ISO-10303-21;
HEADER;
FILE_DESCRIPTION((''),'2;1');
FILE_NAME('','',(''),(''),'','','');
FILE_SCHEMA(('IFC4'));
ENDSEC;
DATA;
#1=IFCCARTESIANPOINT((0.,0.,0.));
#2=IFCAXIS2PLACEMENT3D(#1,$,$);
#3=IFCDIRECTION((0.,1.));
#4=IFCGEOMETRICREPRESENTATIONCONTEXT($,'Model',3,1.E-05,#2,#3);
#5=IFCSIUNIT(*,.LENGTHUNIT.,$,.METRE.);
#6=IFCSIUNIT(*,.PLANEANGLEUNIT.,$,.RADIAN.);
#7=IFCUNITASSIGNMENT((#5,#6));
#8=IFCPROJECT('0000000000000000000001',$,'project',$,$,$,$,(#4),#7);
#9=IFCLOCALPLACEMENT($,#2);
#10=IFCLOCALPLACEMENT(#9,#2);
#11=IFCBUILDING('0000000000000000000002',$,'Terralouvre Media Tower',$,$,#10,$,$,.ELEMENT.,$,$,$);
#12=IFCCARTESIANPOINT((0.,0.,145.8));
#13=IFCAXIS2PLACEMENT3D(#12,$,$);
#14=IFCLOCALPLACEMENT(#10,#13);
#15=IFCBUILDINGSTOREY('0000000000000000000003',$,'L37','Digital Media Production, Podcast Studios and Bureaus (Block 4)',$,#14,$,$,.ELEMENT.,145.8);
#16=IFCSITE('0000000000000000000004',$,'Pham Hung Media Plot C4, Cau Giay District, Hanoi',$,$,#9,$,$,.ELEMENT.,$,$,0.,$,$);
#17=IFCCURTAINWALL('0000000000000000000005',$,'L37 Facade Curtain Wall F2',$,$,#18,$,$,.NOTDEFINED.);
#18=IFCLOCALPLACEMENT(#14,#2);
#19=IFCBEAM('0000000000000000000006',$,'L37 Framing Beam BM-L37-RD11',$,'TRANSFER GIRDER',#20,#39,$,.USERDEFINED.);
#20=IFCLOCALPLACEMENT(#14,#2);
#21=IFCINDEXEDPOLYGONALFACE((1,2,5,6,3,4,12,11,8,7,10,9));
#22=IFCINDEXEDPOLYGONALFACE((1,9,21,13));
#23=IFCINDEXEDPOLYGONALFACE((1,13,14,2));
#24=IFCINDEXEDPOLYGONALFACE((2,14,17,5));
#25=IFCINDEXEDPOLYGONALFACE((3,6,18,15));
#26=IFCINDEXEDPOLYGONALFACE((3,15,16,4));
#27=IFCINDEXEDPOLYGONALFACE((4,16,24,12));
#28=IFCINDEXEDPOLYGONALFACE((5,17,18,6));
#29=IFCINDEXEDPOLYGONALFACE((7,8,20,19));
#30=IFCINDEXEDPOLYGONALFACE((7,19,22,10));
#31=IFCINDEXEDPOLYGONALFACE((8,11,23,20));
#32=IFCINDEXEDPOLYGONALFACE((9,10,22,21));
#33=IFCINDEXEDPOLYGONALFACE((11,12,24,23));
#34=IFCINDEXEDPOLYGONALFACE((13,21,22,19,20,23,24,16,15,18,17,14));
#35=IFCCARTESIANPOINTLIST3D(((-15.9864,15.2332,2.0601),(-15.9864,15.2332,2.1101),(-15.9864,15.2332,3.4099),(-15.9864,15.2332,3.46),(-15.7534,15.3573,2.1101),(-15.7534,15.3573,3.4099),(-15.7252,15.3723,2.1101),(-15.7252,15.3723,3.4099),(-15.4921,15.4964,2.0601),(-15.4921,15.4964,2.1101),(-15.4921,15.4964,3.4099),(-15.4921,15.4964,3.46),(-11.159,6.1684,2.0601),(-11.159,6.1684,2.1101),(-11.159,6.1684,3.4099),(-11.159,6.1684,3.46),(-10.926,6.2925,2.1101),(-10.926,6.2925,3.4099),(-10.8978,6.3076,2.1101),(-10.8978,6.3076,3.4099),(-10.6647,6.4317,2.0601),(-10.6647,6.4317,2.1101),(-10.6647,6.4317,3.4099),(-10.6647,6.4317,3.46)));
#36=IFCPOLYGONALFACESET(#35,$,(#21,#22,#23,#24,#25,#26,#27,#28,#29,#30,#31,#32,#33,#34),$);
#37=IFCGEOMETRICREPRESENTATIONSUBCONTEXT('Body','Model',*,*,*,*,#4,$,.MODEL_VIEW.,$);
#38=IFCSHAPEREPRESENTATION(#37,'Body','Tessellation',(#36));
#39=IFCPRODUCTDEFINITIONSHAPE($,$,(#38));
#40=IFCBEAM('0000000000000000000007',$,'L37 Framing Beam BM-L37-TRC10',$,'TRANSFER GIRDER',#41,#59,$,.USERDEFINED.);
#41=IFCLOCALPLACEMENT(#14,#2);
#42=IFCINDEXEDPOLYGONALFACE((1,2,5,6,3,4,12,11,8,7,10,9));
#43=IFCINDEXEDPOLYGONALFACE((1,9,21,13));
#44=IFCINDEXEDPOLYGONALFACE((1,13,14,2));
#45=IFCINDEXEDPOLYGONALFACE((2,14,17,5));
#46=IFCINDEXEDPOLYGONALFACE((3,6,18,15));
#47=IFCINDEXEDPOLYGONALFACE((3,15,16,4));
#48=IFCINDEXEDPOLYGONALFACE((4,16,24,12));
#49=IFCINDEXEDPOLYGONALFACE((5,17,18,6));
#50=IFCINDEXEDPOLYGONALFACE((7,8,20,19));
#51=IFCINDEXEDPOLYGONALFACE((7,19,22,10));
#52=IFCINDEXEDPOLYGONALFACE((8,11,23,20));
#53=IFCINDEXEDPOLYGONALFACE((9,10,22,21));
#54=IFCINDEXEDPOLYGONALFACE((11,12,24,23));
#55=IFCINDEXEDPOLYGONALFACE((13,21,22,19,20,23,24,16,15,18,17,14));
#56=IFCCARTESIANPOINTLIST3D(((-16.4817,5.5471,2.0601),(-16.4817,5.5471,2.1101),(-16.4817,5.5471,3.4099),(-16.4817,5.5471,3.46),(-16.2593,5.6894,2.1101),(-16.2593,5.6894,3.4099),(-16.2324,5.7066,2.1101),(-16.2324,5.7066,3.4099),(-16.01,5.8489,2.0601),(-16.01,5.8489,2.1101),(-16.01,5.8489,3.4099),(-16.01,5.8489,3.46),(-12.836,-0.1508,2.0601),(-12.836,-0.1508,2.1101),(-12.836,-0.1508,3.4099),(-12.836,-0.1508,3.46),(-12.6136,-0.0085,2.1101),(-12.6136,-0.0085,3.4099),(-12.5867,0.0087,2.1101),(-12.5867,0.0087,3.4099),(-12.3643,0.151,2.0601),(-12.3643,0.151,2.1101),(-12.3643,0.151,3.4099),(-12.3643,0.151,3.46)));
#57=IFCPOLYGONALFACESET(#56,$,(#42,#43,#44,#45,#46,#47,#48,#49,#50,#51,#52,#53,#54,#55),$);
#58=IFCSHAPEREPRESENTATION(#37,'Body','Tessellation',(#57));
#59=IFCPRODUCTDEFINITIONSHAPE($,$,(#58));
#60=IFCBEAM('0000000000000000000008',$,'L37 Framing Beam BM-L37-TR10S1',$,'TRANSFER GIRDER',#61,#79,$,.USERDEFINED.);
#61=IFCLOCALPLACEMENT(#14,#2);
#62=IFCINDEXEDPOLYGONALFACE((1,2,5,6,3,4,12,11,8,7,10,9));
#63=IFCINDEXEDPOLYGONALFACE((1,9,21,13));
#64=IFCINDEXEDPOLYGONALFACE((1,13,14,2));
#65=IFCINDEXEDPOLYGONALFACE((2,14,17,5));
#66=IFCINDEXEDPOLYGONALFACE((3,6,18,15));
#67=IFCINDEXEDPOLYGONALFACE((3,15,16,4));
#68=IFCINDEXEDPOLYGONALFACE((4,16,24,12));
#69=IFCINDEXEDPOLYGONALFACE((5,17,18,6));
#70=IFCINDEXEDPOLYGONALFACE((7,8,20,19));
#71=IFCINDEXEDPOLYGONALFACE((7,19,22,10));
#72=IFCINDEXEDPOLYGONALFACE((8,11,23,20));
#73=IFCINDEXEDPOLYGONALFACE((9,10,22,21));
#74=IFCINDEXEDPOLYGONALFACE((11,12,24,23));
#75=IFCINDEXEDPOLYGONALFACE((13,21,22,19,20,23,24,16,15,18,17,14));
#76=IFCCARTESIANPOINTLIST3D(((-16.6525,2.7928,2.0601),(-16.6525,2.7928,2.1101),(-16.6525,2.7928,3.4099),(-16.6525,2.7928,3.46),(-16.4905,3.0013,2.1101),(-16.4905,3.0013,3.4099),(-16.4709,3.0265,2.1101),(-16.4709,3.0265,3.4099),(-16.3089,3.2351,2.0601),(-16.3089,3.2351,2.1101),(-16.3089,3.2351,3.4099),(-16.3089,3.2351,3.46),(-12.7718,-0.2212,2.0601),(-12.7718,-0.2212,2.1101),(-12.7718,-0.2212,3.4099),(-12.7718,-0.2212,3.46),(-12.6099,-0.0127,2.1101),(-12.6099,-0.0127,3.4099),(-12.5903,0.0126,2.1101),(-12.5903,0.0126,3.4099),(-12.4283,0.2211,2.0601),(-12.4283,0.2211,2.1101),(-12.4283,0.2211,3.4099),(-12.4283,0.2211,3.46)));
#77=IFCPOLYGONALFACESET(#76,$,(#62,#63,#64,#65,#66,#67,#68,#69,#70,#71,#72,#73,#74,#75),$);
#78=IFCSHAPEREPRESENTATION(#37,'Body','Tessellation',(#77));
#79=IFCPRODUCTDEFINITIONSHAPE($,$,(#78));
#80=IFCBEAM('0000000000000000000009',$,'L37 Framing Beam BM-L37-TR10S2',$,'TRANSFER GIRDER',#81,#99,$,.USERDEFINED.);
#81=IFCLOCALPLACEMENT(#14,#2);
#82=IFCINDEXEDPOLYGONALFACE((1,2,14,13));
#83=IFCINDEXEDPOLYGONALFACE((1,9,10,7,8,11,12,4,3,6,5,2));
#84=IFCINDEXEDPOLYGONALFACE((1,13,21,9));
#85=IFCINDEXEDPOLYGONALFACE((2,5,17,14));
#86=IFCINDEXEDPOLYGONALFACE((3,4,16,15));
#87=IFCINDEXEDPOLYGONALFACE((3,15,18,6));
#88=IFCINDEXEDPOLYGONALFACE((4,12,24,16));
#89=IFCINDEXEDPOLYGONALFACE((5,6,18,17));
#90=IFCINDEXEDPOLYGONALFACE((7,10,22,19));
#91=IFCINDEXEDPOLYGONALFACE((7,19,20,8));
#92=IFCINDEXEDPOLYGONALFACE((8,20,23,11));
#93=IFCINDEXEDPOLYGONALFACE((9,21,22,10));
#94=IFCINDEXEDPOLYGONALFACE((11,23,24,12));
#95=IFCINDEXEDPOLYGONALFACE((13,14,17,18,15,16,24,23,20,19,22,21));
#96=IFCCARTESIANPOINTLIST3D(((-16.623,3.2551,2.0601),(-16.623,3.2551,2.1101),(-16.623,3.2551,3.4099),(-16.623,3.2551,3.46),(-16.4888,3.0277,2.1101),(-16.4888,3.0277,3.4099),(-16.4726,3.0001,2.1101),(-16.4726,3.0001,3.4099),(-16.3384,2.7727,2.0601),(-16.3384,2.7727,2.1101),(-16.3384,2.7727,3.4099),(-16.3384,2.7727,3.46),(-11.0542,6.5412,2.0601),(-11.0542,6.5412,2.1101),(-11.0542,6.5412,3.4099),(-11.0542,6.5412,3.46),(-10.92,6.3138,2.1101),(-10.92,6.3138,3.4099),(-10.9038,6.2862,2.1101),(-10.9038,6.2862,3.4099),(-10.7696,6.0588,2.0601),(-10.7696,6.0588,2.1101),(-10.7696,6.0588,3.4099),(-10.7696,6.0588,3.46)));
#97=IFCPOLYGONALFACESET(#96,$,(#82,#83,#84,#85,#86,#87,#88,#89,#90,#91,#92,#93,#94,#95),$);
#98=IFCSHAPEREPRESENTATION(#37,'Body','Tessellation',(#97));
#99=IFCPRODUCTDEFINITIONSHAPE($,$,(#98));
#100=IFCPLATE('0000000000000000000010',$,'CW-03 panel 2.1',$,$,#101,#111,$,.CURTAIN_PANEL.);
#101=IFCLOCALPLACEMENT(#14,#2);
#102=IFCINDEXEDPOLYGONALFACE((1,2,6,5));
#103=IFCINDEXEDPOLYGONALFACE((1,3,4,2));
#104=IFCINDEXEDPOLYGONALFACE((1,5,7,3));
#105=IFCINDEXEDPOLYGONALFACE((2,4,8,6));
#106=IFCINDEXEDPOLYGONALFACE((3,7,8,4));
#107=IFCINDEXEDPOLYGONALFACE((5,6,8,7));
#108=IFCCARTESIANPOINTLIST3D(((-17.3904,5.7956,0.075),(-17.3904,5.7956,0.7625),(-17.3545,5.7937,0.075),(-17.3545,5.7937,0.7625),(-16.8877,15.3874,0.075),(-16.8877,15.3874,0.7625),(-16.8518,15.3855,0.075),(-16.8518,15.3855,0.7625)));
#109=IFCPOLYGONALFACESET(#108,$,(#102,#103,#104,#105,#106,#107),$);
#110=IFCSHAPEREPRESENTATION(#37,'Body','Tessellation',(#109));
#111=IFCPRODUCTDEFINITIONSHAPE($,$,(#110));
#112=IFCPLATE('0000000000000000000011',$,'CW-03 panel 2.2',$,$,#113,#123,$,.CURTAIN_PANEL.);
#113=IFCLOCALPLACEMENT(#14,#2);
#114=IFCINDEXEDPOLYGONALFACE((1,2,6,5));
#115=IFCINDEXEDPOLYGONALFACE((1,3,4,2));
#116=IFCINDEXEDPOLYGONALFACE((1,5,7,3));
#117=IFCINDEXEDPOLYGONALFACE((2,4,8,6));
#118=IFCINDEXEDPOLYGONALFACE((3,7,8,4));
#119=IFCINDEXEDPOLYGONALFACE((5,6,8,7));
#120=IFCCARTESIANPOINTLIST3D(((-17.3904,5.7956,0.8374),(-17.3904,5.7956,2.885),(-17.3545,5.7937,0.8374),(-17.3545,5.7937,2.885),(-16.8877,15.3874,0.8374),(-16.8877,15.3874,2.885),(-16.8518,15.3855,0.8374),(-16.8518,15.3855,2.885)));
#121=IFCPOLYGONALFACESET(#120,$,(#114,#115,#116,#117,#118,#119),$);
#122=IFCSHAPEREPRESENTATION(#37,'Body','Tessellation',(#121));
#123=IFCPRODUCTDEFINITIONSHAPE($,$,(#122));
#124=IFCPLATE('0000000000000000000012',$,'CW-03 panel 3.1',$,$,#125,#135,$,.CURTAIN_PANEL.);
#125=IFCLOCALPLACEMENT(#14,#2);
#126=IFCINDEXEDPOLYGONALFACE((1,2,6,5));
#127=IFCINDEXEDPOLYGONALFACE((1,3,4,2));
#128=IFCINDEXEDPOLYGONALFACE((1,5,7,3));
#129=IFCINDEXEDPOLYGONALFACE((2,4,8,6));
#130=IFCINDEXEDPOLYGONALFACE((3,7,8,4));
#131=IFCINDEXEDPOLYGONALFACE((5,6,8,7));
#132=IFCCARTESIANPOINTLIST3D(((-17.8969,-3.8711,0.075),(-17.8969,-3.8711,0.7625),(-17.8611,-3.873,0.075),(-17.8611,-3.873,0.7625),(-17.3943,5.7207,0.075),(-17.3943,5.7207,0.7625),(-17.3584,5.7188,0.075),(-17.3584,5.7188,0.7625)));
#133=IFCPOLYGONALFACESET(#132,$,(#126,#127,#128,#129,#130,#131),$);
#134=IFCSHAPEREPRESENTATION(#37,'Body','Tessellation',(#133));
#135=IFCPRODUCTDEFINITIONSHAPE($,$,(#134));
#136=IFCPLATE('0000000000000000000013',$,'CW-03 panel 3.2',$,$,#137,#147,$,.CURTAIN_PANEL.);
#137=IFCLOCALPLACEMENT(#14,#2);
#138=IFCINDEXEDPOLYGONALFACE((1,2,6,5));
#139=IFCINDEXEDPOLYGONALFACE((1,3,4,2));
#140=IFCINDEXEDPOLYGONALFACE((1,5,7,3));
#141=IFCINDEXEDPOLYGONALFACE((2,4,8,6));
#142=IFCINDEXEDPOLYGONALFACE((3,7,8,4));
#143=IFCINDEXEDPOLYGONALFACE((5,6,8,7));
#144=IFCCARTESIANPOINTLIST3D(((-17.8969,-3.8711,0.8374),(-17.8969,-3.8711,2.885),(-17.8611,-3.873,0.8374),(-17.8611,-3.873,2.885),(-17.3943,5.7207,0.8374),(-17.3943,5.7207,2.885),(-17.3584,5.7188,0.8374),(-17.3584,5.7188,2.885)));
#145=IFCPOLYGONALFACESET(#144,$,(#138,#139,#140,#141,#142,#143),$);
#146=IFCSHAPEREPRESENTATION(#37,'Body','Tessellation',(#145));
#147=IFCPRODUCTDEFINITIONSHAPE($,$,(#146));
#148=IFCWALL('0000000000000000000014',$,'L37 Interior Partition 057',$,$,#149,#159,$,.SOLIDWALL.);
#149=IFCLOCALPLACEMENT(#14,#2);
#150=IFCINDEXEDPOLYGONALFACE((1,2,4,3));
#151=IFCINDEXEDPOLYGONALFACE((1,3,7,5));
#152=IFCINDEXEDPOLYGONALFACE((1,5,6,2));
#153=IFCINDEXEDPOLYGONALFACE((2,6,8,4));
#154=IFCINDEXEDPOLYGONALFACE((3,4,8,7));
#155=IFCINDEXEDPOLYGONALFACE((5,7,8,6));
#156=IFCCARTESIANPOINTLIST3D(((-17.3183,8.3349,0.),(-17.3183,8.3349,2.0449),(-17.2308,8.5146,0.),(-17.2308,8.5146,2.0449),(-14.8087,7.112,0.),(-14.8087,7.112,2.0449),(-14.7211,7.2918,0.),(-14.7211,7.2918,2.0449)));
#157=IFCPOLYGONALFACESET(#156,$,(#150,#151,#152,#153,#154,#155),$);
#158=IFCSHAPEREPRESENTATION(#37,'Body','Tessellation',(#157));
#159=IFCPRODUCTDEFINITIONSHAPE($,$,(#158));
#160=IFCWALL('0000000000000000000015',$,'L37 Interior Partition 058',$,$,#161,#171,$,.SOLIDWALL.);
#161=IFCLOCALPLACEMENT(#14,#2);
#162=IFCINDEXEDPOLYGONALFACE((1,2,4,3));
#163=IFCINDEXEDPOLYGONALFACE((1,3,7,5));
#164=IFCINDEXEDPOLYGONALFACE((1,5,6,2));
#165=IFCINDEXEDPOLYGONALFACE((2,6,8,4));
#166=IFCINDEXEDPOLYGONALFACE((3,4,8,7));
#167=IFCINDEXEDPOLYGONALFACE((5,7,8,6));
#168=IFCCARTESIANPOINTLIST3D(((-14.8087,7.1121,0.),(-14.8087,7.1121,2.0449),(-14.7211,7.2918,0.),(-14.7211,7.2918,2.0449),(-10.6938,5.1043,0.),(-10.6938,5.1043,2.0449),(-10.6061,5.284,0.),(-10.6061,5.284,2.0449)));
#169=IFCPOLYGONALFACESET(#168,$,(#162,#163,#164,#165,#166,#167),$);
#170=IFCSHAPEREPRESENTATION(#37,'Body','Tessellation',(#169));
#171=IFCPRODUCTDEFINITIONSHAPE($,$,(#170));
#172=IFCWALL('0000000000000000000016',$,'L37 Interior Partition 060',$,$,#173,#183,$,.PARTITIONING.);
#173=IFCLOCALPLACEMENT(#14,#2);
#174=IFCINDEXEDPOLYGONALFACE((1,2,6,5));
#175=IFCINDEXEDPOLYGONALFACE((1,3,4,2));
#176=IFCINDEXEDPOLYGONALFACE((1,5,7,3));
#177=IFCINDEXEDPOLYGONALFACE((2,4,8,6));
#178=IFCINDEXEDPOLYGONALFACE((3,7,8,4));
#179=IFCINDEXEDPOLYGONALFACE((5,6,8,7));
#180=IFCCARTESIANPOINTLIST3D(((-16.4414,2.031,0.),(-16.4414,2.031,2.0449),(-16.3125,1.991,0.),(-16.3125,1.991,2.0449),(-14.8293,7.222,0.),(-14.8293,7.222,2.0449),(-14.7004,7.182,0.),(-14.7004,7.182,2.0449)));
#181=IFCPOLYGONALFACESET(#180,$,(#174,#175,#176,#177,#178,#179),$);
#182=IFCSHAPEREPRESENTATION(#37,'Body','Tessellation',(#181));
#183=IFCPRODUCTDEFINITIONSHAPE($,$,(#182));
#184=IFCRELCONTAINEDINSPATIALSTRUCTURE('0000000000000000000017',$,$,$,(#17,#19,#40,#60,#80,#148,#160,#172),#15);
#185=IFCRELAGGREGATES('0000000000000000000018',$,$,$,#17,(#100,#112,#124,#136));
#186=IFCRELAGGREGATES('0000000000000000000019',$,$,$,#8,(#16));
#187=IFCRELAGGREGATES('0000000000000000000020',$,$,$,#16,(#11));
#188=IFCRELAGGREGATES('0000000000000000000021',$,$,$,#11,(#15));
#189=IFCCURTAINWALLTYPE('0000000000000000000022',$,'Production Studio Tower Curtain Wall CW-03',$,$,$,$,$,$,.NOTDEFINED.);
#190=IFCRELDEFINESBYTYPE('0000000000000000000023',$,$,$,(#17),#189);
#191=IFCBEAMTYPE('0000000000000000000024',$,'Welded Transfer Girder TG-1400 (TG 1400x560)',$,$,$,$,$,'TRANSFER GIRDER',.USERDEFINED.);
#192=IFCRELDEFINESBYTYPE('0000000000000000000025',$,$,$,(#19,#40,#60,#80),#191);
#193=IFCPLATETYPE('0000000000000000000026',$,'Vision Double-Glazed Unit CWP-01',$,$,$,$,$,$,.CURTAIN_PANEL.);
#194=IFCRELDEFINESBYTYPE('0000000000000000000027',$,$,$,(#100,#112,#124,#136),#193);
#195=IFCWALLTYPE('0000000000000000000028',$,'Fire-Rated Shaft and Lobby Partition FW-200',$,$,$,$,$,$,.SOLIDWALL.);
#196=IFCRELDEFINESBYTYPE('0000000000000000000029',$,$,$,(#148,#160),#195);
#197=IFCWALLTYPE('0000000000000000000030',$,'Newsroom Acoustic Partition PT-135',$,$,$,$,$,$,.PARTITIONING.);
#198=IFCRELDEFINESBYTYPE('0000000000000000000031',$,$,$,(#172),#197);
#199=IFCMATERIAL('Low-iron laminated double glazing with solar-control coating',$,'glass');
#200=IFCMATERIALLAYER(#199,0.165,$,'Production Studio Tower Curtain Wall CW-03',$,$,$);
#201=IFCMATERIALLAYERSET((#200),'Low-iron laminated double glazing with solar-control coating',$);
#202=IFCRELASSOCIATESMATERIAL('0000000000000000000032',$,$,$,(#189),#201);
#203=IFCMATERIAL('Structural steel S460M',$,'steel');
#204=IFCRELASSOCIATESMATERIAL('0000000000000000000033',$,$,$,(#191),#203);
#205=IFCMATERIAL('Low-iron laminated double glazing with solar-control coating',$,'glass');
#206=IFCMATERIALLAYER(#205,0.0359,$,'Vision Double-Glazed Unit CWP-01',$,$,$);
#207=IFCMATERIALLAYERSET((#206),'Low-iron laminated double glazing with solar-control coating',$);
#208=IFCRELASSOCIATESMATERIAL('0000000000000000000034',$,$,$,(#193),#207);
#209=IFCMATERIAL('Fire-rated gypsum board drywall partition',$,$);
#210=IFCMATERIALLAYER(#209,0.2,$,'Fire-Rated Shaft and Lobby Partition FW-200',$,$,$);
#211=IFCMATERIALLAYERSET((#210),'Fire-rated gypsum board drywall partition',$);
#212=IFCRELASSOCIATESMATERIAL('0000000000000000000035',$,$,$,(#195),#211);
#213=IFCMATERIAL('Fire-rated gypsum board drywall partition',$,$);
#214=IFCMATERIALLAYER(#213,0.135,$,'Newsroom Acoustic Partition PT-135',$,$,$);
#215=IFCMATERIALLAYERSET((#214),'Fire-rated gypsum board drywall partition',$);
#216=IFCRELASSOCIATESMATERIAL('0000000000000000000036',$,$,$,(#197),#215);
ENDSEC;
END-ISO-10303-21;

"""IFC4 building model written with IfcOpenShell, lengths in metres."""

from ifc_helpers import new_model, si_unit, direction, frame, frame_2d, origin, origin_2d, place, context, subcontext, project, spatial, rectangle, i_section, extrude, material, layer, layer_set, material_profile, profile_set, type_object, element, aggregate, save


model = new_model("IFC4")

# Units and contexts
model_context = context("Model", 3, precision=1e-05, world=origin(), true_north=direction((0.0, 1.0)))
body_context = subcontext(model_context, "Body", "Model", "MODEL_VIEW")
ifc_project = project(units=[si_unit("LENGTHUNIT", "METRE"), si_unit("PLANEANGLEUNIT", "RADIAN")], contexts=[model_context])

# Site, building, storey
site_placement = place(None, origin())
site = spatial("IfcSite", under=ifc_project, at=site_placement, Name="Pham Hung Media Plot C4, Cau Giay District, Hanoi", CompositionType="ELEMENT", RefElevation=0.0)
building_placement = place(site_placement, origin())
building = spatial("IfcBuilding", under=site, at=building_placement, Name="Terralouvre Media Tower", CompositionType="ELEMENT")
storey_placement = place(building_placement, frame((0.0, 0.0, 145.8)))
storey = spatial("IfcBuildingStorey", under=building, at=storey_placement, Name="L37", Description="Digital Media Production, Podcast Studios and Bureaus (Block 4)", CompositionType="ELEMENT", Elevation=145.8)

# Curtain wall
ifc_material_1 = material(Name="Low-iron laminated double glazing with solar-control coating", Category="glass")
ifc_layer_1 = layer(ifc_material_1, 0.165, Name="Production Studio Tower Curtain Wall CW-03")
ifc_layer_set_1 = layer_set([ifc_layer_1], Name="Low-iron laminated double glazing with solar-control coating")
curtain_wall_type = type_object("IfcCurtainWallType", Name="Production Studio Tower Curtain Wall CW-03", PredefinedType="NOTDEFINED", material=ifc_layer_set_1)
curtain_wall_placement = place(storey_placement, origin())
curtain_wall = element("IfcCurtainWall", 1, at=curtain_wall_placement, inside=storey, type_object=curtain_wall_type, Name="L37 Facade Curtain Wall F2", PredefinedType="NOTDEFINED")

# Beams
ifc_material_2 = material(Name="Structural steel S460M", Category="steel")
ifc_material_profile_1 = material_profile(ifc_material_2, i_section(OverallWidth=0.5601, OverallDepth=1.3999, WebThickness=0.032, FlangeThickness=0.05, at=origin_2d()), Name="TG 1400x560")
ifc_profile_set_1 = profile_set([ifc_material_profile_1], Name="Structural steel S460M")
beam_type_1 = type_object("IfcBeamType", Name="Welded Transfer Girder TG-1400 (TG 1400x560)", ElementType="TRANSFER GIRDER", PredefinedType="USERDEFINED", material=ifc_profile_set_1)
beam_1_placement = place(storey_placement, frame((-10.9119, 6.3, 2.76), z_axis=(-0.470049, 0.88264, 0.0), x_axis=(-0.88264, -0.470049, 0.0)))
element("IfcBeam", 2, at=beam_1_placement, inside=storey, type_object=beam_type_1, Name="L37 Framing Beam BM-L37-RD11", ObjectType="TRANSFER GIRDER", PredefinedType="USERDEFINED", context=body_context, shape_type="SweptSolid", body=[
    extrude(i_section(OverallWidth=0.5601, OverallDepth=1.3999, WebThickness=0.032, FlangeThickness=0.05, at=origin_2d()), origin(), (0.0, 0.0, 1.0), 10.27),
])
beam_2_placement = place(storey_placement, frame((-16.2458, 5.698, 2.76), z_axis=(0.538952, -0.842336, 0.0), x_axis=(0.842336, 0.538952, 0.0)))
element("IfcBeam", 3, at=beam_2_placement, inside=storey, type_object=beam_type_1, Name="L37 Framing Beam BM-L37-TRC10", ObjectType="TRANSFER GIRDER", PredefinedType="USERDEFINED", context=body_context, shape_type="SweptSolid", body=[
    extrude(i_section(OverallWidth=0.5601, OverallDepth=1.3999, WebThickness=0.032, FlangeThickness=0.05, at=origin_2d()), origin(), (0.0, 0.0, 1.0), 6.7644),
])
beam_3_placement = place(storey_placement, frame((-16.4807, 3.0139, 2.76), z_axis=(0.78978, -0.61339, 0.0), x_axis=(0.61339, 0.78978, 0.0)))
element("IfcBeam", 4, at=beam_3_placement, inside=storey, type_object=beam_type_1, Name="L37 Framing Beam BM-L37-TR10S1", ObjectType="TRANSFER GIRDER", PredefinedType="USERDEFINED", context=body_context, shape_type="SweptSolid", body=[
    extrude(i_section(OverallWidth=0.5601, OverallDepth=1.3999, WebThickness=0.032, FlangeThickness=0.05, at=origin_2d()), origin(), (0.0, 0.0, 1.0), 4.9136),
])
beam_4_placement = place(storey_placement, frame((-16.4807, 3.0139, 2.76), z_axis=(0.861235, 0.508208, 0.0), x_axis=(-0.508208, 0.861235, 0.0)))
element("IfcBeam", 5, at=beam_4_placement, inside=storey, type_object=beam_type_1, Name="L37 Framing Beam BM-L37-TR10S2", ObjectType="TRANSFER GIRDER", PredefinedType="USERDEFINED", context=body_context, shape_type="SweptSolid", body=[
    extrude(i_section(OverallWidth=0.5601, OverallDepth=1.3999, WebThickness=0.032, FlangeThickness=0.05, at=origin_2d()), origin(), (0.0, 0.0, 1.0), 6.4661),
])

# Plates
ifc_material_3 = material(Name="Low-iron laminated double glazing with solar-control coating", Category="glass")
ifc_layer_2 = layer(ifc_material_3, 0.0359, Name="Vision Double-Glazed Unit CWP-01")
ifc_layer_set_2 = layer_set([ifc_layer_2], Name="Low-iron laminated double glazing with solar-control coating")
plate_type = type_object("IfcPlateType", Name="Vision Double-Glazed Unit CWP-01", PredefinedType="CURTAIN_PANEL", material=ifc_layer_set_2)
plate_1_placement = place(storey_placement, frame((-17.1211, 10.5906, 0.075), z_axis=(0.0, 0.0, 1.0), x_axis=(-0.052336, -0.99863, 0.0)))
plate_1 = element("IfcPlate", 6, at=plate_1_placement, type_object=plate_type, Name="CW-03 panel 2.1", PredefinedType="CURTAIN_PANEL", context=body_context, shape_type="SweptSolid", body=[
    extrude(rectangle(XDim=9.605, YDim=0.0359, at=origin_2d()), origin(), (0.0, 0.0, 1.0), 0.6875),
])
plate_2_placement = place(storey_placement, frame((-17.1211, 10.5906, 0.8374), z_axis=(0.0, 0.0, 1.0), x_axis=(-0.052336, -0.99863, 0.0)))
plate_2 = element("IfcPlate", 7, at=plate_2_placement, type_object=plate_type, Name="CW-03 panel 2.2", PredefinedType="CURTAIN_PANEL", context=body_context, shape_type="SweptSolid", body=[
    extrude(rectangle(XDim=9.605, YDim=0.0359, at=origin_2d()), origin(), (0.0, 0.0, 1.0), 2.0476),
])
plate_3_placement = place(storey_placement, frame((-17.6277, 0.9238, 0.075), z_axis=(0.0, 0.0, 1.0), x_axis=(-0.052336, -0.99863, 0.0)))
plate_3 = element("IfcPlate", 8, at=plate_3_placement, type_object=plate_type, Name="CW-03 panel 3.1", PredefinedType="CURTAIN_PANEL", context=body_context, shape_type="SweptSolid", body=[
    extrude(rectangle(XDim=9.605, YDim=0.0359, at=origin_2d()), origin(), (0.0, 0.0, 1.0), 0.6875),
])
plate_4_placement = place(storey_placement, frame((-17.6277, 0.9238, 0.8374), z_axis=(0.0, 0.0, 1.0), x_axis=(-0.052336, -0.99863, 0.0)))
plate_4 = element("IfcPlate", 9, at=plate_4_placement, type_object=plate_type, Name="CW-03 panel 3.2", PredefinedType="CURTAIN_PANEL", context=body_context, shape_type="SweptSolid", body=[
    extrude(rectangle(XDim=9.605, YDim=0.0359, at=origin_2d()), origin(), (0.0, 0.0, 1.0), 2.0476),
])
aggregate(curtain_wall, [plate_1, plate_2, plate_3, plate_4])

# Walls
ifc_material_4 = material(Name="Fire-rated gypsum board drywall partition")
ifc_layer_3 = layer(ifc_material_4, 0.2, Name="Fire-Rated Shaft and Lobby Partition FW-200")
ifc_layer_set_3 = layer_set([ifc_layer_3], Name="Fire-rated gypsum board drywall partition")
wall_type_1 = type_object("IfcWallType", Name="Fire-Rated Shaft and Lobby Partition FW-200", PredefinedType="SOLIDWALL", material=ifc_layer_set_3)
wall_1_placement = place(storey_placement, frame((-17.2747, 8.4248, 0.0), z_axis=(0.0, 0.0, 1.0), x_axis=(0.898962, -0.438026, 0.0)))
element("IfcWall", 10, at=wall_1_placement, inside=storey, type_object=wall_type_1, Name="L37 Interior Partition 057", PredefinedType="SOLIDWALL", context=body_context, shape_type="SweptSolid", body=[
    extrude(rectangle(XDim=2.7917, YDim=0.2, at=frame_2d((1.396, 0.0))), origin(), (0.0, 0.0, 1.0), 2.0449),
])
wall_2_placement = place(storey_placement, frame((-14.7649, 7.2019, 0.0), z_axis=(0.0, 0.0, 1.0), x_axis=(0.898725, -0.438512, 0.0)))
element("IfcWall", 11, at=wall_2_placement, inside=storey, type_object=wall_type_1, Name="L37 Interior Partition 058", PredefinedType="SOLIDWALL", context=body_context, shape_type="SweptSolid", body=[
    extrude(rectangle(XDim=4.5786, YDim=0.2, at=frame_2d((2.2893, 0.0))), origin(), (0.0, 0.0, 1.0), 2.0449),
])
ifc_material_5 = material(Name="Fire-rated gypsum board drywall partition")
ifc_layer_4 = layer(ifc_material_5, 0.135, Name="Newsroom Acoustic Partition PT-135")
ifc_layer_set_4 = layer_set([ifc_layer_4], Name="Fire-rated gypsum board drywall partition")
wall_type_2 = type_object("IfcWallType", Name="Newsroom Acoustic Partition PT-135", PredefinedType="PARTITIONING", material=ifc_layer_set_4)
wall_3_placement = place(storey_placement, frame((-16.377, 2.011, 0.0), z_axis=(0.0, 0.0, 1.0), x_axis=(0.296581, 0.955008, 0.0)))
element("IfcWall", 12, at=wall_3_placement, inside=storey, type_object=wall_type_2, Name="L37 Interior Partition 060", PredefinedType="PARTITIONING", context=body_context, shape_type="SweptSolid", body=[
    extrude(rectangle(XDim=5.4355, YDim=0.135, at=frame_2d((2.7178, 0.0))), origin(), (0.0, 0.0, 1.0), 2.0449),
])

save(model, "model.ifc")
